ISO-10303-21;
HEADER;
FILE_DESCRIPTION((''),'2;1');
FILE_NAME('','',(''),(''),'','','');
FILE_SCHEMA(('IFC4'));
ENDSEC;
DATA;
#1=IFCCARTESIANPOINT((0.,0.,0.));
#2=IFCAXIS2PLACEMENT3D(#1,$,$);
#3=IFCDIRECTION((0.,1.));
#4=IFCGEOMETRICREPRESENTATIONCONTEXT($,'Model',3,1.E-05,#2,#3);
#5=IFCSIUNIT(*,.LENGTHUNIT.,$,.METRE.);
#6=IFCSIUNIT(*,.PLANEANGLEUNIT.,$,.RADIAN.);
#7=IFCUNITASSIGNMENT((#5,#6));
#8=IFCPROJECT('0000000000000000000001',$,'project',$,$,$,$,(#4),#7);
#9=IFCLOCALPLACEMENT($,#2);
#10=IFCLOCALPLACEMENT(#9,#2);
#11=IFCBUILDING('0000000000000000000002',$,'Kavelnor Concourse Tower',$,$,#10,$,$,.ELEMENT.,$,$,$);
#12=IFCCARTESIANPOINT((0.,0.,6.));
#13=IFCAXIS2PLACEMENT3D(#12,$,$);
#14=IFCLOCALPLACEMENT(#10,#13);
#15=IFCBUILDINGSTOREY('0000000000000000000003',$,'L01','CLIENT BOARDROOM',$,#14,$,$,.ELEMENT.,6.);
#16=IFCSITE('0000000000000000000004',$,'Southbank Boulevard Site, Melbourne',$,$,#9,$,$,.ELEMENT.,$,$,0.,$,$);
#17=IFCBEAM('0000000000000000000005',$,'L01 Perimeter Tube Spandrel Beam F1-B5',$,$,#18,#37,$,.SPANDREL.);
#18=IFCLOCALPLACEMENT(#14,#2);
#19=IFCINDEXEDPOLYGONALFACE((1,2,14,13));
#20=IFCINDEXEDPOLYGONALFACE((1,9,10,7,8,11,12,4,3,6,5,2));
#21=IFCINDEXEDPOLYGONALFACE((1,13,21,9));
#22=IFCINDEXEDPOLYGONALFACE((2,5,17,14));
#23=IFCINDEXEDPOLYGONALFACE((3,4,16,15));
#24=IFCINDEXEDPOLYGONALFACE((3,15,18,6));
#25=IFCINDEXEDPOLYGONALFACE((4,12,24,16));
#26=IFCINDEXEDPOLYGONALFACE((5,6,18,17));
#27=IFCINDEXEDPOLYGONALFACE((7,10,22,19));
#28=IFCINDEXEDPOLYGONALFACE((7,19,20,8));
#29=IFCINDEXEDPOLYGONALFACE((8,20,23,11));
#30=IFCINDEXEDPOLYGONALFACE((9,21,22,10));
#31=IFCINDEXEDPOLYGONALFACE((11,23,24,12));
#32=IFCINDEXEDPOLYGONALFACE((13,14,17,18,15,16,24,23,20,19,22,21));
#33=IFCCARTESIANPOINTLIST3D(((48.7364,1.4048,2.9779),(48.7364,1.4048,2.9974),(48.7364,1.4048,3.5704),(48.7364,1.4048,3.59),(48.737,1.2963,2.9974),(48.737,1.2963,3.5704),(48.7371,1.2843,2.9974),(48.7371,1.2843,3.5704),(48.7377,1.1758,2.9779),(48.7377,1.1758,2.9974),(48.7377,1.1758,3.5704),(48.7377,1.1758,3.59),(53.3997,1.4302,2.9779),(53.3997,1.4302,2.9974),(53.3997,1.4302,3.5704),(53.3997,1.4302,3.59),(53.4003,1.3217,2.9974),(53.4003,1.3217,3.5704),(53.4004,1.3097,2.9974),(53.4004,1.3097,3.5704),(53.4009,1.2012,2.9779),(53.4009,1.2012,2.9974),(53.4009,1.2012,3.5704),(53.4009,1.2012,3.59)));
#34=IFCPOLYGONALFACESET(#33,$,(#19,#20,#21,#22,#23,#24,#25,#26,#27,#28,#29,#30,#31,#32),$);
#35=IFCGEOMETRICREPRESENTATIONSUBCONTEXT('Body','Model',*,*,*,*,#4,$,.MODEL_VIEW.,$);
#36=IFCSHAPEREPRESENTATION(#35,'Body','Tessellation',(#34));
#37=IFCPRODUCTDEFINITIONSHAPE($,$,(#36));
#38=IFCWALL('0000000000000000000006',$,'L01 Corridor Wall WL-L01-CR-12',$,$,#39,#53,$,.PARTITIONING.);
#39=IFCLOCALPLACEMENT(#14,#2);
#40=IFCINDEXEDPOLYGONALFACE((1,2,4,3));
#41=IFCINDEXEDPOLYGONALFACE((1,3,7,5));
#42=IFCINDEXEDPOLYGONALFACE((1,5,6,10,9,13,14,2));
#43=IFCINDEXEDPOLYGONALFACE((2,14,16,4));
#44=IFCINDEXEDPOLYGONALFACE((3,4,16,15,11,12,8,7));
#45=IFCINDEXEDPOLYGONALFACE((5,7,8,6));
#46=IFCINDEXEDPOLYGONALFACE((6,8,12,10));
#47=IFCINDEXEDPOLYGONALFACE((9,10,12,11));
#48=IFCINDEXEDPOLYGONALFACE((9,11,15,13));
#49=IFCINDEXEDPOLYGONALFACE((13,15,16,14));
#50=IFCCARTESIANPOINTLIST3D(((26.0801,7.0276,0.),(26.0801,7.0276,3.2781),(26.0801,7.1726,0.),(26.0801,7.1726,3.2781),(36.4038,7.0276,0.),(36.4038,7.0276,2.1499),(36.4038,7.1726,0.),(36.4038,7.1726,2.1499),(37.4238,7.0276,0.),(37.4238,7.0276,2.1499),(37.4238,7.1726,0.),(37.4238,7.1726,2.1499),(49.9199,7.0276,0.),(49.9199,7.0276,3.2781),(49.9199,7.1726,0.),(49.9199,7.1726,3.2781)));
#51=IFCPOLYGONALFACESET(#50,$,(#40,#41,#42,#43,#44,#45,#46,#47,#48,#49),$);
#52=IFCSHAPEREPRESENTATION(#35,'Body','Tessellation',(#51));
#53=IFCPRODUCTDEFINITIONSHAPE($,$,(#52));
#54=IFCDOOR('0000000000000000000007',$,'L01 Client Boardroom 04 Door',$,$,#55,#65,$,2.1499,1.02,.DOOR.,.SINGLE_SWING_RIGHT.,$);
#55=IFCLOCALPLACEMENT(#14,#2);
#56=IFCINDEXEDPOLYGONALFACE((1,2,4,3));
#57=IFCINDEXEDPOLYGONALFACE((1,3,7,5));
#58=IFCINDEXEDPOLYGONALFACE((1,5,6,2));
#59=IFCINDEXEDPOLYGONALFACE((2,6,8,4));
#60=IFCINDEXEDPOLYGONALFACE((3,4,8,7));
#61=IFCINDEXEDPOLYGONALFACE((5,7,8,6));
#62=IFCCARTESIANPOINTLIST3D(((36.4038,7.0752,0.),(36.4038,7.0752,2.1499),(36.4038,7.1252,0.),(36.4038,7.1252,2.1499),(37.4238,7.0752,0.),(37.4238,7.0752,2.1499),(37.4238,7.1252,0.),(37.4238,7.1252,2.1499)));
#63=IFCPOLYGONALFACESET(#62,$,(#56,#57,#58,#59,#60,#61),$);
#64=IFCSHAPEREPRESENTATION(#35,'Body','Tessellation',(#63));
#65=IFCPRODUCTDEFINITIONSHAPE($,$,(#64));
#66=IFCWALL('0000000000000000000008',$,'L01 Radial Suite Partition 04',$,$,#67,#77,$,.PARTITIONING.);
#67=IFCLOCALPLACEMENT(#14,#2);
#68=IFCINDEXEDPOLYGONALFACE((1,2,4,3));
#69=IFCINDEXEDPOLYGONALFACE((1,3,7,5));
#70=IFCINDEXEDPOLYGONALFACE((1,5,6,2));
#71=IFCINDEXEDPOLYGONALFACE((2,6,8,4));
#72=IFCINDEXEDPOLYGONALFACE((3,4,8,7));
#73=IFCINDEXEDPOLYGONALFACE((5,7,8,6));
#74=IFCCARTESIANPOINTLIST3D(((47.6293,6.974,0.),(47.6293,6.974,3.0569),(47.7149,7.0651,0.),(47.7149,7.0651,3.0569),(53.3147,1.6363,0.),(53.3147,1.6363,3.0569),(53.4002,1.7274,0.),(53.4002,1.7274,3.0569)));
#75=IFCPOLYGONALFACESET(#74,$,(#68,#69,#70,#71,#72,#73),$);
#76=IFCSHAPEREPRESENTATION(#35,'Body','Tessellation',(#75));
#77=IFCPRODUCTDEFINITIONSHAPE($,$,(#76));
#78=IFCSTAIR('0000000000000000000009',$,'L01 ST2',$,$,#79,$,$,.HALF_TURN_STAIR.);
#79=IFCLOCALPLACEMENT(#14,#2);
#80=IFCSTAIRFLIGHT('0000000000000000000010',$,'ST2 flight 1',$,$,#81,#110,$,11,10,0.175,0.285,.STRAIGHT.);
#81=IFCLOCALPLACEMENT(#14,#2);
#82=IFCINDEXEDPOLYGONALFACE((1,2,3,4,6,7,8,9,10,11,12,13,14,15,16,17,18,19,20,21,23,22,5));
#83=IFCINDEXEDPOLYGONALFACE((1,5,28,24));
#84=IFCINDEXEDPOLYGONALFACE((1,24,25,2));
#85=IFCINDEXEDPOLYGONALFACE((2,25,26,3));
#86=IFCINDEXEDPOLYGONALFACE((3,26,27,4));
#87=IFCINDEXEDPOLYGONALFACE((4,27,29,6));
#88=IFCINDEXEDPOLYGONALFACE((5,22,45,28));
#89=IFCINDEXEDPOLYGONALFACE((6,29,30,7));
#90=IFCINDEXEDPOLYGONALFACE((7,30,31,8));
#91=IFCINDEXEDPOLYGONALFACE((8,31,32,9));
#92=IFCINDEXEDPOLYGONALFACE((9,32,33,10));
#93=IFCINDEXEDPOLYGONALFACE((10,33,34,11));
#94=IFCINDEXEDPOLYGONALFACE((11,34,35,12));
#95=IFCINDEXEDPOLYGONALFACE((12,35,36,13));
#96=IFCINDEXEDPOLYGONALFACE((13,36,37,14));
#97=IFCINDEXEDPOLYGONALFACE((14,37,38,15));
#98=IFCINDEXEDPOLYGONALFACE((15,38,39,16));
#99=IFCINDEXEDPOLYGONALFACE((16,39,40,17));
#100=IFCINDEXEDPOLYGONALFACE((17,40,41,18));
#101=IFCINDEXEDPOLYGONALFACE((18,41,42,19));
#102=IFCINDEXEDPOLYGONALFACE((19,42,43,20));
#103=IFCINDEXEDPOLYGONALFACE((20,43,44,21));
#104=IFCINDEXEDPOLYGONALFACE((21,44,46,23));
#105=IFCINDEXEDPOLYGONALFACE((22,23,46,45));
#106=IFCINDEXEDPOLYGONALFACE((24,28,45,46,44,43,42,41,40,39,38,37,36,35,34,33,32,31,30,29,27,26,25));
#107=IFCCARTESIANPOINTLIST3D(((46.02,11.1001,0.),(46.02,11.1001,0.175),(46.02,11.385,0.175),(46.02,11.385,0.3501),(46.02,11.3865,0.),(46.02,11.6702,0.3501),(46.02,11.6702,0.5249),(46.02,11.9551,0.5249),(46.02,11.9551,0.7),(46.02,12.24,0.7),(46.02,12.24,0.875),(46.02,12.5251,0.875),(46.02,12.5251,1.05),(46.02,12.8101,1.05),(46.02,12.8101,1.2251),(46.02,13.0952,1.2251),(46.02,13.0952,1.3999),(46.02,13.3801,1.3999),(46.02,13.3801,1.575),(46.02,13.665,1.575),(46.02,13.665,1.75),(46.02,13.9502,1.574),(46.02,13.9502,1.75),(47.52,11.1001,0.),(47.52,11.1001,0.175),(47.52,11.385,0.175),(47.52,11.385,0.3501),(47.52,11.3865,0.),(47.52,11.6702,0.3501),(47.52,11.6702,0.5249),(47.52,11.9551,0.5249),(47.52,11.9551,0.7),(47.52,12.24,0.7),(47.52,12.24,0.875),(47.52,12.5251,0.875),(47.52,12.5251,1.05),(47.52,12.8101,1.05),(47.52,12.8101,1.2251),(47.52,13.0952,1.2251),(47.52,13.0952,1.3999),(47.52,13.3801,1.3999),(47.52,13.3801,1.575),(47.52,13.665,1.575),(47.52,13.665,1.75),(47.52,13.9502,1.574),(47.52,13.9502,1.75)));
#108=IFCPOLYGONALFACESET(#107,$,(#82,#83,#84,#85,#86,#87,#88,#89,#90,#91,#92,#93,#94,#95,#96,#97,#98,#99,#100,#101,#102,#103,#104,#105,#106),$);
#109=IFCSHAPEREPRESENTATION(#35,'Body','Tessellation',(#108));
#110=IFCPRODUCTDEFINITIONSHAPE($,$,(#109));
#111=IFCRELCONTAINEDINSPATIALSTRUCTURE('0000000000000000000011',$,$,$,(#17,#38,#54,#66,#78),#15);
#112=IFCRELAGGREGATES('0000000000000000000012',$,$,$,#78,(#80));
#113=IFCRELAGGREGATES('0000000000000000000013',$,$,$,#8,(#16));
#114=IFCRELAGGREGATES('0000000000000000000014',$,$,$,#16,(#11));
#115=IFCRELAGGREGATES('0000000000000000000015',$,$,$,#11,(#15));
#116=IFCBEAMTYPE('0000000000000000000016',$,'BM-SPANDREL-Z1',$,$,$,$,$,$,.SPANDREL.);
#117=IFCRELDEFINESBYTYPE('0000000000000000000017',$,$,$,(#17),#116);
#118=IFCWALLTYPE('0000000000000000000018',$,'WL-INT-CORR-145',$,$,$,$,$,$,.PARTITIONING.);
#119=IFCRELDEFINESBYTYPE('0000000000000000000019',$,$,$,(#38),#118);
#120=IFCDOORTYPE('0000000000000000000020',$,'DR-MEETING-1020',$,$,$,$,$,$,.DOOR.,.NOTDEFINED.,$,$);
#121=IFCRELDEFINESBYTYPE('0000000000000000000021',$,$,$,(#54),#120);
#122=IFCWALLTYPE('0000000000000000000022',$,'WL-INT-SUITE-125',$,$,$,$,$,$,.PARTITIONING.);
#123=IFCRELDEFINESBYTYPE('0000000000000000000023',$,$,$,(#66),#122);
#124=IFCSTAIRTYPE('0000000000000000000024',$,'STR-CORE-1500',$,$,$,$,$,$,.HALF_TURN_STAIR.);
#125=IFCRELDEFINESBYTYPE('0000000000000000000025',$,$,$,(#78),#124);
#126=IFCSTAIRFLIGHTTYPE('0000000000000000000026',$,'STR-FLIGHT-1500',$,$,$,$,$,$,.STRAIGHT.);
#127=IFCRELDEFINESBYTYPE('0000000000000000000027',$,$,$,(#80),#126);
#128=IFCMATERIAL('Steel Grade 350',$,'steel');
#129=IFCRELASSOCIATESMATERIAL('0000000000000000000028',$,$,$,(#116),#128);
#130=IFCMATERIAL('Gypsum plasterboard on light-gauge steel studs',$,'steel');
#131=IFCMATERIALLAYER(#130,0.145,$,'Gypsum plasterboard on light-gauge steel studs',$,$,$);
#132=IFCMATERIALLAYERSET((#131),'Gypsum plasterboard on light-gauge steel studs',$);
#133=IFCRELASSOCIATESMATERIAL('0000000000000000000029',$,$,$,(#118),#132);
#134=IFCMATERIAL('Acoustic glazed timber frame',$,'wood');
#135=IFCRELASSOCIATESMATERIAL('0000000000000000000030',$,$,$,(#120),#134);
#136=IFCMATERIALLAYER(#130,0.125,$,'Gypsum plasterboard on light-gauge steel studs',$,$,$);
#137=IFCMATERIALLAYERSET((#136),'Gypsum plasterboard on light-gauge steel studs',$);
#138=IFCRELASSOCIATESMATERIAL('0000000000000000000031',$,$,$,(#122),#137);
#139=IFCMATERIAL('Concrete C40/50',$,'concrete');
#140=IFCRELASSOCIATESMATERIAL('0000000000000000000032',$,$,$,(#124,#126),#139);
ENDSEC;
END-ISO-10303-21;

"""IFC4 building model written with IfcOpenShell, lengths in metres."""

from ifc_helpers import new_model, si_unit, direction, frame, frame_2d, origin, origin_2d, place, context, subcontext, project, spatial, polyline, rectangle, i_section, outline, extrude, material, layer, layer_set, material_profile, profile_set, type_object, element, fill, aggregate, save


model = new_model("IFC4")

# Units and contexts
model_context = context("Model", 3, precision=1e-05, world=origin(), true_north=direction((0.0, 1.0)))
body_context = subcontext(model_context, "Body", "Model", "MODEL_VIEW")
ifc_project = project(units=[si_unit("LENGTHUNIT", "METRE"), si_unit("PLANEANGLEUNIT", "RADIAN")], contexts=[model_context])

# Site, building, storey
site_placement = place(None, origin())
site = spatial("IfcSite", under=ifc_project, at=site_placement, Name="Southbank Boulevard Site, Melbourne", CompositionType="ELEMENT", RefElevation=0.0)
building_placement = place(site_placement, origin())
building = spatial("IfcBuilding", under=site, at=building_placement, Name="Kavelnor Concourse Tower", CompositionType="ELEMENT")
storey_placement = place(building_placement, frame((0.0, 0.0, 6.0)))
storey = spatial("IfcBuildingStorey", under=building, at=storey_placement, Name="L01", Description="CLIENT BOARDROOM", CompositionType="ELEMENT", Elevation=6.0)

# Shared definitions
ifc_material_1 = material(Name="Steel Grade 350", Category="steel")

# Beam
ifc_material_profile_1 = material_profile(ifc_material_1, i_section(OverallWidth=0.229, OverallDepth=0.6121, WebThickness=0.012, FlangeThickness=0.0195, at=origin_2d()), Name="610UB125")
ifc_profile_set_1 = profile_set([ifc_material_profile_1], Name="Steel Grade 350")
beam_type_1 = type_object("IfcBeamType", Name="BM-SPANDREL-Z1", PredefinedType="SPANDREL", material=ifc_profile_set_1)
beam_1_placement = place(storey_placement, frame((48.7371, 1.2903, 3.2839), z_axis=(0.999985, 0.005445, 0.0), x_axis=(-0.005445, 0.999985, 0.0)))
element("IfcBeam", 1, at=beam_1_placement, inside=storey, type_object=beam_type_1, Name="L01 Perimeter Tube Spandrel Beam F1-B5", PredefinedType="SPANDREL", context=body_context, shape_type="SweptSolid", body=[
    extrude(i_section(OverallWidth=0.229, OverallDepth=0.6121, WebThickness=0.012, FlangeThickness=0.0195, at=origin_2d()), origin(), (0.0, 0.0, 1.0), 4.6633),
])

# Wall, opening, door
ifc_material_2 = material(Name="Gypsum plasterboard on light-gauge steel studs", Category="steel")
ifc_layer_1 = layer(ifc_material_2, 0.145, Name="Gypsum plasterboard on light-gauge steel studs")
ifc_layer_set_1 = layer_set([ifc_layer_1], Name="Gypsum plasterboard on light-gauge steel studs")
wall_type_1 = type_object("IfcWallType", Name="WL-INT-CORR-145", PredefinedType="PARTITIONING", material=ifc_layer_set_1)
wall_1_placement = place(storey_placement, frame((49.9199, 7.1001, 0.0), z_axis=(0.0, 0.0, 1.0), x_axis=(-1.0, 0.0, 0.0)))
wall_1 = element("IfcWall", 2, at=wall_1_placement, inside=storey, type_object=wall_type_1, Name="L01 Corridor Wall WL-L01-CR-12", PredefinedType="PARTITIONING", context=body_context, shape_type="SweptSolid", body=[
    extrude(rectangle(XDim=23.8398, YDim=0.145, at=frame_2d((11.9199, 0.0))), origin(), (0.0, 0.0, 1.0), 3.2781),
])
opening_1_placement = place(wall_1_placement, frame((12.4961, 0.0, 0.0)))
opening_1 = element("IfcOpeningElement", 3, at=opening_1_placement, cuts=wall_1, PredefinedType="OPENING", context=body_context, shape_type="SweptSolid", body=[
    extrude(rectangle(XDim=1.02, YDim=2.1499, at=frame_2d((0.51, 1.075))), frame((0.0, 0.0825, 0.0), z_axis=(0.0, -1.0, 0.0), x_axis=(1.0, 0.0, 0.0)), (0.0, 0.0, 1.0), 0.165),
])
ifc_material_3 = material(Name="Acoustic glazed timber frame", Category="wood")
door_type_1 = type_object("IfcDoorType", Name="DR-MEETING-1020", OperationType="NOTDEFINED", PredefinedType="DOOR", material=ifc_material_3)
door_1_placement = place(opening_1_placement, origin())
door_1 = element("IfcDoor", 4, at=door_1_placement, inside=storey, type_object=door_type_1, Name="L01 Client Boardroom 04 Door", OperationType="SINGLE_SWING_RIGHT", OverallHeight=2.1499, OverallWidth=1.02, PredefinedType="DOOR", context=body_context, shape_type="SweptSolid", body=[
    extrude(rectangle(XDim=1.02, YDim=2.1499, at=frame_2d((0.51, 1.075))), frame((0.0, 0.0249, 0.0), z_axis=(0.0, -1.0, 0.0), x_axis=(1.0, 0.0, 0.0)), (0.0, 0.0, 1.0), 0.05),
])
fill(opening_1, door_1)

# Wall
ifc_layer_2 = layer(ifc_material_2, 0.125, Name="Gypsum plasterboard on light-gauge steel studs")
ifc_layer_set_2 = layer_set([ifc_layer_2], Name="Gypsum plasterboard on light-gauge steel studs")
wall_type_2 = type_object("IfcWallType", Name="WL-INT-SUITE-125", PredefinedType="PARTITIONING", material=ifc_layer_set_2)
wall_2_placement = place(storey_placement, frame((47.6721, 7.0195, 0.0), z_axis=(0.0, 0.0, 1.0), x_axis=(0.729046, -0.684465, 0.0)))
element("IfcWall", 5, at=wall_2_placement, inside=storey, type_object=wall_type_2, Name="L01 Radial Suite Partition 04", PredefinedType="PARTITIONING", context=body_context, shape_type="SweptSolid", body=[
    extrude(rectangle(XDim=7.7983, YDim=0.125, at=frame_2d((3.8992, 0.0))), origin(), (0.0, 0.0, 1.0), 3.0569),
])

# Stair, stair flight
ifc_material_4 = material(Name="Concrete C40/50", Category="concrete")
stair_type = type_object("IfcStairType", Name="STR-CORE-1500", PredefinedType="HALF_TURN_STAIR", material=ifc_material_4)
stair_placement = place(storey_placement, origin())
stair = element("IfcStair", 6, at=stair_placement, inside=storey, type_object=stair_type, Name="L01 ST2", PredefinedType="HALF_TURN_STAIR")
stair_flight_type = type_object("IfcStairFlightType", Name="STR-FLIGHT-1500", PredefinedType="STRAIGHT", material=ifc_material_4)
stair_flight_placement = place(storey_placement, frame((46.77, 11.1001, 0.0), z_axis=(0.0, 0.0, 1.0), x_axis=(0.0, 1.0, 0.0)))
stair_flight = element("IfcStairFlight", 7, at=stair_flight_placement, type_object=stair_flight_type, Name="ST2 flight 1", NumberOfRisers=11, NumberOfTreads=10, PredefinedType="STRAIGHT", RiserHeight=0.175, TreadLength=0.285, context=body_context, shape_type="SweptSolid", body=[
    extrude(outline(polyline([(0.0, 0.0), (0.0, 0.175), (0.2849, 0.175), (0.2849, 0.3501), (0.5701, 0.3501), (0.5701, 0.5249), (0.855, 0.5249), (0.855, 0.7), (1.1399, 0.7), (1.1399, 0.875), (1.425, 0.875), (1.425, 1.05), (1.71, 1.05), (1.71, 1.2251), (1.9951, 1.2251), (1.9951, 1.3999), (2.28, 1.3999), (2.28, 1.575), (2.5649, 1.575), (2.5649, 1.75), (2.8501, 1.75), (2.8501, 1.925), (2.8501, 1.574), (0.2864, 0.0), (0.0, 0.0)])), frame((0.0, 0.75, 0.0), z_axis=(0.0, -1.0, 0.0), x_axis=(1.0, 0.0, 0.0)), (0.0, 0.0, 1.0), 1.5),
])
aggregate(stair, [stair_flight])

save(model, "model.ifc")
